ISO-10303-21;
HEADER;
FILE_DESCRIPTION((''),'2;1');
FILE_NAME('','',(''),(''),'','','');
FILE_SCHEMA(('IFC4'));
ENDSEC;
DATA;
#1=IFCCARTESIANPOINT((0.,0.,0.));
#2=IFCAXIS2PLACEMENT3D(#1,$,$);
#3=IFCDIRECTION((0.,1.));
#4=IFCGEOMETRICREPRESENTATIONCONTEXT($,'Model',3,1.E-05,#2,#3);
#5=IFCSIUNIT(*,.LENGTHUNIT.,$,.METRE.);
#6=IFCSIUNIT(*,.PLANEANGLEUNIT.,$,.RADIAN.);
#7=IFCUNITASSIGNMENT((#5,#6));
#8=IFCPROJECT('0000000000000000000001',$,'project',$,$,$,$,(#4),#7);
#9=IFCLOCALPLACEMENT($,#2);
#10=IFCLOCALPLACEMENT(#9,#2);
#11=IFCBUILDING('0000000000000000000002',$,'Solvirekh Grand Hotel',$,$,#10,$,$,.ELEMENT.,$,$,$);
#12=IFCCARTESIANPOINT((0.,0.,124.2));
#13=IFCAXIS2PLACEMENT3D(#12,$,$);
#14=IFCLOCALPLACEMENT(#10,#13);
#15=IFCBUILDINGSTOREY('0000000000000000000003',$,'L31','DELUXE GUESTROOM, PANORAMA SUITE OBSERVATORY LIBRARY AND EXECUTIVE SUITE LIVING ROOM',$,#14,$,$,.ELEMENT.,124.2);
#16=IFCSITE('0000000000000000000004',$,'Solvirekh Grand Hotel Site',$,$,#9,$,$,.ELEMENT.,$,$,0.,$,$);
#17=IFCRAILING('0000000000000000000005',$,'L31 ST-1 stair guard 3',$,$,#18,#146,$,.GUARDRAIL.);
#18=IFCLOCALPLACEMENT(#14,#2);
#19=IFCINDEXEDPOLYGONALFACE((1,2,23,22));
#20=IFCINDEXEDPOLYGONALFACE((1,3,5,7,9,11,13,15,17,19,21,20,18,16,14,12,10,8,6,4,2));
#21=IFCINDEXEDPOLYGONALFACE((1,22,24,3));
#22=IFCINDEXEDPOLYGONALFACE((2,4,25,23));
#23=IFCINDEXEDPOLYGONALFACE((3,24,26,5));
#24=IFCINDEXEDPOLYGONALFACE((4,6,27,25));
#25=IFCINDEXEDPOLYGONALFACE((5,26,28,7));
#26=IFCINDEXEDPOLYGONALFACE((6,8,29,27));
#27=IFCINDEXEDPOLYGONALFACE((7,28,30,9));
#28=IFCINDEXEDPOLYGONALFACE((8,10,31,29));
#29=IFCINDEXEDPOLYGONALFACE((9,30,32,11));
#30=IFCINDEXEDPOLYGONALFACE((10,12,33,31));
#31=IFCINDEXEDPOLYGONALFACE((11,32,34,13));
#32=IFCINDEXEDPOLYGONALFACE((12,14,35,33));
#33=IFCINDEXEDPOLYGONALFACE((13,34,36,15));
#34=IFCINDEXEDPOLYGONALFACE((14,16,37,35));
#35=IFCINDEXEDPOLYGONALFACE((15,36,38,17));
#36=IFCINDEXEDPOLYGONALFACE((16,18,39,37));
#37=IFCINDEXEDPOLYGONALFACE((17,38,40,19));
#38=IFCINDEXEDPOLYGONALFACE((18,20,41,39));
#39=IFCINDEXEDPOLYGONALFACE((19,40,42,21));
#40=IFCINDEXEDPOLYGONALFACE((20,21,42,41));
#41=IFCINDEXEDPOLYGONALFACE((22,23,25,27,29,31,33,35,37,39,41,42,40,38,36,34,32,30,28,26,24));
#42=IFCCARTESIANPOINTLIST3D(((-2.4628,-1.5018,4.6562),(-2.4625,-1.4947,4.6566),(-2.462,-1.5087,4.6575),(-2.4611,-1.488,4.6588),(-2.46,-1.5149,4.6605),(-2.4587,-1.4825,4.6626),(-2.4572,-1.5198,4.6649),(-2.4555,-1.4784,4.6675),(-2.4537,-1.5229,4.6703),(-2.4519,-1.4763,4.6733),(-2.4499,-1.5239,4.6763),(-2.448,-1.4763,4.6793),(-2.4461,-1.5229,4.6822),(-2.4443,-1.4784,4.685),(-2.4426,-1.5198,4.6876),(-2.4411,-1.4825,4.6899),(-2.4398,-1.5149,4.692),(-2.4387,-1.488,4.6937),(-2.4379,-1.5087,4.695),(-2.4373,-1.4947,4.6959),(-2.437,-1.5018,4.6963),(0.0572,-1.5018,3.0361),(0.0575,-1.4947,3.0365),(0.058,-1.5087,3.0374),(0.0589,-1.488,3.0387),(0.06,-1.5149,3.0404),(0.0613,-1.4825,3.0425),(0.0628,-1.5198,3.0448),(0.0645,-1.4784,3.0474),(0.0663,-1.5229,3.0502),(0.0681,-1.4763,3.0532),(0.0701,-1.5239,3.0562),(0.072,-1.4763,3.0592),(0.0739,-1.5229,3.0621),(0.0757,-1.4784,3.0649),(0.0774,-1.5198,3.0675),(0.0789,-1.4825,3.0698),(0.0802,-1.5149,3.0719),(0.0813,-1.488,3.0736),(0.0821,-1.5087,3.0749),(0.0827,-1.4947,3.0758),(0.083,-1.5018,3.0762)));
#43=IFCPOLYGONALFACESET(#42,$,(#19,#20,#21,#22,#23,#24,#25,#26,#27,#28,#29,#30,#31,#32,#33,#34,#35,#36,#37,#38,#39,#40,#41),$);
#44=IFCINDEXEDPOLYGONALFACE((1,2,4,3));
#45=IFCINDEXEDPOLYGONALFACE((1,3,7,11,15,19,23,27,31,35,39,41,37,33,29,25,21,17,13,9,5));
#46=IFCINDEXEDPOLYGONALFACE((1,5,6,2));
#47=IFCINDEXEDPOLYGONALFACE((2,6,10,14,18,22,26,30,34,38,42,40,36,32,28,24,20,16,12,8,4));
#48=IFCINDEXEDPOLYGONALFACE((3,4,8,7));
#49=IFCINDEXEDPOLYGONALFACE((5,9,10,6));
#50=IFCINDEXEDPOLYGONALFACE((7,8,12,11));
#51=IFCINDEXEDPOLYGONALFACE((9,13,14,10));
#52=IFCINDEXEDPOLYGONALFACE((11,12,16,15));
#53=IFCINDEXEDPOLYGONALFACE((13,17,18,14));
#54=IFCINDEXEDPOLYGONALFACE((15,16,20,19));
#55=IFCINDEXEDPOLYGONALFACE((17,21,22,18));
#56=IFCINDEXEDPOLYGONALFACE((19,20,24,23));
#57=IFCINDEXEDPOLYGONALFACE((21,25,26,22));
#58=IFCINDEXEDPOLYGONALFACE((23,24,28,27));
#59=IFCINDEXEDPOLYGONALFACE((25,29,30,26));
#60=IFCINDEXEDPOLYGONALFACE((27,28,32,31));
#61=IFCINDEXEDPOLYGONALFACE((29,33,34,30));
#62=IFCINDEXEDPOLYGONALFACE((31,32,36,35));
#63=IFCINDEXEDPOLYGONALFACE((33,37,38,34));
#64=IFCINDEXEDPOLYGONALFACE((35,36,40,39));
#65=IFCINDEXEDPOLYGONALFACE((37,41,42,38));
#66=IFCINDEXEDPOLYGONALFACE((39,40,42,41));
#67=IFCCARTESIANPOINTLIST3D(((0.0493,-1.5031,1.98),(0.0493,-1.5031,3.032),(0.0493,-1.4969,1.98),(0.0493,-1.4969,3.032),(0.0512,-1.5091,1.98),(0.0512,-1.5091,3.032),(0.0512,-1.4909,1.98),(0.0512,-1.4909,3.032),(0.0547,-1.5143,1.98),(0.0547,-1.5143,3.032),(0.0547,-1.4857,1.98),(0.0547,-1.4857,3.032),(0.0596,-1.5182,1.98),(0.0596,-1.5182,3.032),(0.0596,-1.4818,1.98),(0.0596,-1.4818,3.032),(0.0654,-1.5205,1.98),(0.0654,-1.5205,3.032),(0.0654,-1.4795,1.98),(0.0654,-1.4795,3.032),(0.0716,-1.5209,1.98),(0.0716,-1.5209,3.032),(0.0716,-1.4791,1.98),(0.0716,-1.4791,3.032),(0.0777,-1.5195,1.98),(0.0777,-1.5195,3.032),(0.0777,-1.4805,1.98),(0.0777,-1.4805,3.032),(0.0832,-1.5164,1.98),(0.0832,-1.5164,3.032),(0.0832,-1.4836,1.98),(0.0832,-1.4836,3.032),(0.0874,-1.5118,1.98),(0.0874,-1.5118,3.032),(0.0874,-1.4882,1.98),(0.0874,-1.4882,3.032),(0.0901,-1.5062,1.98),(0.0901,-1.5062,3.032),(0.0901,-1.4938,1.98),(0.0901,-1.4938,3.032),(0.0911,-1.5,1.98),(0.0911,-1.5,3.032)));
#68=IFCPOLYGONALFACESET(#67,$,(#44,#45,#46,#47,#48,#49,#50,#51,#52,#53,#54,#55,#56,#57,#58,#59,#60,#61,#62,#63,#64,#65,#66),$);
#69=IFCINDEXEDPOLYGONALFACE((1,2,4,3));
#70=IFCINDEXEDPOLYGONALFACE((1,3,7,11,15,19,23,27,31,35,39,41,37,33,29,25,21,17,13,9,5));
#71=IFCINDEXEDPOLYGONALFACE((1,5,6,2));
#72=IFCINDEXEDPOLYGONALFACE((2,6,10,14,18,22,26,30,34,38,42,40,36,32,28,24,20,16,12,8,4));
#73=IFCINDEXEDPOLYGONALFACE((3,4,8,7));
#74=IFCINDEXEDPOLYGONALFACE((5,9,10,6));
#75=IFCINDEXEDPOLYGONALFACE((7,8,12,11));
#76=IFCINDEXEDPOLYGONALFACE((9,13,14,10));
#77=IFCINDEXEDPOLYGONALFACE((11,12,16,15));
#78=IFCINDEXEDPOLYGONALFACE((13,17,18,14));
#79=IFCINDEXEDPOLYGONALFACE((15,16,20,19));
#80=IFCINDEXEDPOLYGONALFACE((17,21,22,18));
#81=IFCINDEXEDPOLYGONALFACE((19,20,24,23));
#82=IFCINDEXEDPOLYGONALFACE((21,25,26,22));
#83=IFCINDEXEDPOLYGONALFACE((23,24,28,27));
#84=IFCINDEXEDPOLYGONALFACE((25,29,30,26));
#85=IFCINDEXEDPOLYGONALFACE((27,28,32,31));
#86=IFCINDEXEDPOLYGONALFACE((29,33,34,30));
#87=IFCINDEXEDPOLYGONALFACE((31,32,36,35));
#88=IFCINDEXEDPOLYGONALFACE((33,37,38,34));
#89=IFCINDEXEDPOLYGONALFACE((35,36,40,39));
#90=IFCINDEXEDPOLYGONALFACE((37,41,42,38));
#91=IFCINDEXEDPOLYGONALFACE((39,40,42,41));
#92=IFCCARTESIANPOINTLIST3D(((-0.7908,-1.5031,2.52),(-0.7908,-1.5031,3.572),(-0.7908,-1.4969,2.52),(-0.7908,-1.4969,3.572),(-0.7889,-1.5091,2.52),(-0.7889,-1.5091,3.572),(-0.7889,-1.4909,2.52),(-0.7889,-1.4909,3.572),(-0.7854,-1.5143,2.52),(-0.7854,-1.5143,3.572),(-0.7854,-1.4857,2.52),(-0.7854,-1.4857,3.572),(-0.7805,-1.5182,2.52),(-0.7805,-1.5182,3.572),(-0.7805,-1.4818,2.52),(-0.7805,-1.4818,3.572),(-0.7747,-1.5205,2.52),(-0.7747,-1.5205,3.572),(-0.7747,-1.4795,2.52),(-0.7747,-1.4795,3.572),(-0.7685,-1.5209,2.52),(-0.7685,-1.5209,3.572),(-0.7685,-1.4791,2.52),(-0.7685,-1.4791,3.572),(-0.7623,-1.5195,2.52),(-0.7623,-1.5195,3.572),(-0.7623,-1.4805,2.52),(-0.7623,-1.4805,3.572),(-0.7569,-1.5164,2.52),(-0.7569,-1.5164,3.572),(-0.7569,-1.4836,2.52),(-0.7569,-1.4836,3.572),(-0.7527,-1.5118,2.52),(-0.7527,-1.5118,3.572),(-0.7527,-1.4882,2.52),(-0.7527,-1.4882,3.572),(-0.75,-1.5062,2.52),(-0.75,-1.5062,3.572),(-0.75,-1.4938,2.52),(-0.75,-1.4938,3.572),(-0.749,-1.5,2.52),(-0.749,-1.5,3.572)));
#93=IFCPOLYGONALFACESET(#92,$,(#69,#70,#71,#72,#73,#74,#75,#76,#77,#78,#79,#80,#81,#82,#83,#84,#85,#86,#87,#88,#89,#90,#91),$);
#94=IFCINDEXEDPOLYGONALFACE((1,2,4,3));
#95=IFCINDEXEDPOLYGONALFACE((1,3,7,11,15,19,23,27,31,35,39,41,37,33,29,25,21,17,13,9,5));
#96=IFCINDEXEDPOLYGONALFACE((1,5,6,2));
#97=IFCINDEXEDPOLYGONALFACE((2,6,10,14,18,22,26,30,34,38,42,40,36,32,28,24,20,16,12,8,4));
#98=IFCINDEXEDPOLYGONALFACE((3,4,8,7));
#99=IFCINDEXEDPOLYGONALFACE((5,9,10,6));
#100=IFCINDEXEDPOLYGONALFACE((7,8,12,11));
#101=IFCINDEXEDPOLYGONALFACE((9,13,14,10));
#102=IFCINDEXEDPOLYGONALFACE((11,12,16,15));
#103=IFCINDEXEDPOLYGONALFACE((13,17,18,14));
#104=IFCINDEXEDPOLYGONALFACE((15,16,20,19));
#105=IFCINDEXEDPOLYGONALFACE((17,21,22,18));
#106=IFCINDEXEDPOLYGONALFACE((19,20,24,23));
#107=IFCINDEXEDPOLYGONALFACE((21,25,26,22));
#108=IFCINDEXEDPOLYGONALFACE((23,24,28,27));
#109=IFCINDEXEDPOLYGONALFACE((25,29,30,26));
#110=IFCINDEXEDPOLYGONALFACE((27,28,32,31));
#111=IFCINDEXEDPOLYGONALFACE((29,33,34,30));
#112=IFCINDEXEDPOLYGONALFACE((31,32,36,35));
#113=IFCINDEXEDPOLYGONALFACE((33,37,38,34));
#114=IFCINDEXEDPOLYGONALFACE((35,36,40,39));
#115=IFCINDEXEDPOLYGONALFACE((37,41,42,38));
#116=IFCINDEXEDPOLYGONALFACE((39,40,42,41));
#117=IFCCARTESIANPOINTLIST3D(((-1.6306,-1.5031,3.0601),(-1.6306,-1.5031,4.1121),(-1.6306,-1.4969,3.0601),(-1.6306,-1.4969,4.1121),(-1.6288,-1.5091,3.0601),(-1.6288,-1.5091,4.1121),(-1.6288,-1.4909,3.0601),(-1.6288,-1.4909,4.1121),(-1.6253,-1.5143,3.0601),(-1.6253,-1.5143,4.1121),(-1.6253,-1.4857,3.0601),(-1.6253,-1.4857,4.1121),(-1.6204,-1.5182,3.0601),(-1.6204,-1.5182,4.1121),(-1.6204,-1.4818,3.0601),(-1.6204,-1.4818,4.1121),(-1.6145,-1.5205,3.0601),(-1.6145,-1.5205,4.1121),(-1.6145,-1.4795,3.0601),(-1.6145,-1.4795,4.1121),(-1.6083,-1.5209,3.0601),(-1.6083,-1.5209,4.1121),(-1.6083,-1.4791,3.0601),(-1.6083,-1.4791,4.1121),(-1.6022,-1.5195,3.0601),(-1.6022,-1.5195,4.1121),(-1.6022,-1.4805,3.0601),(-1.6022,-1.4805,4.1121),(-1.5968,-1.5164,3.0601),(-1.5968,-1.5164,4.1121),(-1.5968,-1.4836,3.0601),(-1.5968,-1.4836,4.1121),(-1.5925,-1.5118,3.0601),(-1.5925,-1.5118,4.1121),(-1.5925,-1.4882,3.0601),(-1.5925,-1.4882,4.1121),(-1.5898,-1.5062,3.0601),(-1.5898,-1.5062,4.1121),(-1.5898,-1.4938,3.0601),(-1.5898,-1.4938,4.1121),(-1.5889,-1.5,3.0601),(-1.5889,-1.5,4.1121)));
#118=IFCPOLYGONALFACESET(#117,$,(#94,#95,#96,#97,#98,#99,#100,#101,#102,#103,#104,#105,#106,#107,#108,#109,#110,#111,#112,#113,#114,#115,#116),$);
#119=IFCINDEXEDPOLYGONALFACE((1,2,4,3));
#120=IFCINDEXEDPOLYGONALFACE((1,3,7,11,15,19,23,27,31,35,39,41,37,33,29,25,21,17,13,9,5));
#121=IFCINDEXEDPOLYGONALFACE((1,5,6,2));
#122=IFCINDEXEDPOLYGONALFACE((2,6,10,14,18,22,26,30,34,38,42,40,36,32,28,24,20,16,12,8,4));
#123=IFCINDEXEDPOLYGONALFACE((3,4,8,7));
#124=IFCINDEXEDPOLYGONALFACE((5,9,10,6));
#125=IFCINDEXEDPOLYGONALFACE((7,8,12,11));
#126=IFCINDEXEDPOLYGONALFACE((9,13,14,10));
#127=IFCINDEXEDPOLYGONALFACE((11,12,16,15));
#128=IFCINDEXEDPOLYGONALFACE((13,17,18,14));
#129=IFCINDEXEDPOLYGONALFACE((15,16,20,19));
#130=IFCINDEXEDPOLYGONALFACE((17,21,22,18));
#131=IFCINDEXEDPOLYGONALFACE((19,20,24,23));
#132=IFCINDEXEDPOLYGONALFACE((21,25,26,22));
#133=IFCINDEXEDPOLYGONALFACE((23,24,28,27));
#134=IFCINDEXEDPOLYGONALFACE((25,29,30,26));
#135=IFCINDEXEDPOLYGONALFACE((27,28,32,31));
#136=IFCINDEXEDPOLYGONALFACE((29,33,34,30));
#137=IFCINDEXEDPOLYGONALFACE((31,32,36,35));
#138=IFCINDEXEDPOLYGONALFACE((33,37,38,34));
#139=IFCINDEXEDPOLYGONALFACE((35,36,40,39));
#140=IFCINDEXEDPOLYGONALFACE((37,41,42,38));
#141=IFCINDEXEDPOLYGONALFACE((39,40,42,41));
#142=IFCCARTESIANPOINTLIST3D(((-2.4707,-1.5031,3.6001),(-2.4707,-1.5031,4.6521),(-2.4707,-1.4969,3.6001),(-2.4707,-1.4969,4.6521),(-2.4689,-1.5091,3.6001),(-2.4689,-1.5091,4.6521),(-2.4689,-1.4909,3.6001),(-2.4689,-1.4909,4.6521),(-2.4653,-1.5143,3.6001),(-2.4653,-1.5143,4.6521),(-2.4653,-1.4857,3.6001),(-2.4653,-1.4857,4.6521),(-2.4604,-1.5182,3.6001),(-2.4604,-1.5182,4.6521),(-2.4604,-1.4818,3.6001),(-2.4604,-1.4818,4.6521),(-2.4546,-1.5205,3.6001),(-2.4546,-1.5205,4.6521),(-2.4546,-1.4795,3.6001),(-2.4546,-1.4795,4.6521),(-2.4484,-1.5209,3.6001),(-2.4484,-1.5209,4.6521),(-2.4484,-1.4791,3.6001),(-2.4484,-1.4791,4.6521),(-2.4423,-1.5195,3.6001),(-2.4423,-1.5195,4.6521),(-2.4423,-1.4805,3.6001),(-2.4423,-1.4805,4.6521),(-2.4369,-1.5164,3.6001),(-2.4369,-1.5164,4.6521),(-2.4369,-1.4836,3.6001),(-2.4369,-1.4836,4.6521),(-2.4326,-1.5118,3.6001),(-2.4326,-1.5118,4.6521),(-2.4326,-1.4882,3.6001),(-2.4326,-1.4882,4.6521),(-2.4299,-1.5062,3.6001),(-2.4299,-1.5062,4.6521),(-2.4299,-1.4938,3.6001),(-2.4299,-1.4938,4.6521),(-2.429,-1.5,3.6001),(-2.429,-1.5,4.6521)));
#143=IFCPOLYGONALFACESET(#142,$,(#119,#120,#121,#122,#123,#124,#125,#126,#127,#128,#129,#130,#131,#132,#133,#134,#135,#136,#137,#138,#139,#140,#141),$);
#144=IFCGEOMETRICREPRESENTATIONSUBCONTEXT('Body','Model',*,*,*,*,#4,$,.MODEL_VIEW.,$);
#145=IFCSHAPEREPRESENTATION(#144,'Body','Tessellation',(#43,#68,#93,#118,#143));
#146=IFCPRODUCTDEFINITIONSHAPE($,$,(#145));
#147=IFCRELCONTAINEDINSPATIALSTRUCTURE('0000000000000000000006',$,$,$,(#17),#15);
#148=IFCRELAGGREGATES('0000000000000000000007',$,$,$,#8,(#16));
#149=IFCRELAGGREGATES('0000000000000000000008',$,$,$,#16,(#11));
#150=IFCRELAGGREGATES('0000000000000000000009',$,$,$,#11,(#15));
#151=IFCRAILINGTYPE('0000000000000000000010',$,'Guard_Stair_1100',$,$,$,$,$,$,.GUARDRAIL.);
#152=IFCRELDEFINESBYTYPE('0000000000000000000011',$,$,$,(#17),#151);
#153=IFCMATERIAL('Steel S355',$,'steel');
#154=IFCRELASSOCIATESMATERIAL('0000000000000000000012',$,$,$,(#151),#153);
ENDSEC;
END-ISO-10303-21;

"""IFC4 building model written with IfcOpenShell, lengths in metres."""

from ifc_helpers import new_model, si_unit, direction, frame, origin, origin_2d, place, context, subcontext, project, spatial, circle, extrude, material, type_object, element, save


model = new_model("IFC4")

# Units and contexts
model_context = context("Model", 3, precision=1e-05, world=origin(), true_north=direction((0.0, 1.0)))
body_context = subcontext(model_context, "Body", "Model", "MODEL_VIEW")
ifc_project = project(units=[si_unit("LENGTHUNIT", "METRE"), si_unit("PLANEANGLEUNIT", "RADIAN")], contexts=[model_context])

# Site, building, storey
site_placement = place(None, origin())
site = spatial("IfcSite", under=ifc_project, at=site_placement, Name="Solvirekh Grand Hotel Site", CompositionType="ELEMENT", RefElevation=0.0)
building_placement = place(site_placement, origin())
building = spatial("IfcBuilding", under=site, at=building_placement, Name="Solvirekh Grand Hotel", CompositionType="ELEMENT")
storey_placement = place(building_placement, frame((0.0, 0.0, 124.2)))
storey = spatial("IfcBuildingStorey", under=building, at=storey_placement, Name="L31", Description="DELUXE GUESTROOM, PANORAMA SUITE OBSERVATORY LIBRARY AND EXECUTIVE SUITE LIVING ROOM", CompositionType="ELEMENT", Elevation=124.2)

# Shared definitions
ifc_material_1 = material(Name="Steel S355", Category="steel")

# Railing
railing_type_1 = type_object("IfcRailingType", Name="Guard_Stair_1100", PredefinedType="GUARDRAIL", material=ifc_material_1)
railing_1_placement = place(storey_placement, frame((0.0701, -1.5, 1.98)))
element("IfcRailing", 1, at=railing_1_placement, inside=storey, type_object=railing_type_1, Name="L31 ST-1 stair guard 3", PredefinedType="GUARDRAIL", context=body_context, shape_type="SweptSolid", body=[
    extrude(circle(Radius=0.0239, at=origin_2d()), frame((0.0, 0.0, 1.0762), z_axis=(-0.841163, 0.0, 0.540782), x_axis=(0.0, -1.0, 0.0)), (0.0, 0.0, 1.0), 2.9958),
    extrude(circle(Radius=0.021, at=origin_2d()), origin(), (0.0, 0.0, 1.0), 1.052),
    extrude(circle(Radius=0.021, at=origin_2d()), frame((-0.8401, 0.0, 0.54)), (0.0, 0.0, 1.0), 1.052),
    extrude(circle(Radius=0.021, at=origin_2d()), frame((-1.6799, 0.0, 1.0801)), (0.0, 0.0, 1.0), 1.052),
    extrude(circle(Radius=0.021, at=origin_2d()), frame((-2.52, 0.0, 1.6201)), (0.0, 0.0, 1.0), 1.052),
])

save(model, "model.ifc")
